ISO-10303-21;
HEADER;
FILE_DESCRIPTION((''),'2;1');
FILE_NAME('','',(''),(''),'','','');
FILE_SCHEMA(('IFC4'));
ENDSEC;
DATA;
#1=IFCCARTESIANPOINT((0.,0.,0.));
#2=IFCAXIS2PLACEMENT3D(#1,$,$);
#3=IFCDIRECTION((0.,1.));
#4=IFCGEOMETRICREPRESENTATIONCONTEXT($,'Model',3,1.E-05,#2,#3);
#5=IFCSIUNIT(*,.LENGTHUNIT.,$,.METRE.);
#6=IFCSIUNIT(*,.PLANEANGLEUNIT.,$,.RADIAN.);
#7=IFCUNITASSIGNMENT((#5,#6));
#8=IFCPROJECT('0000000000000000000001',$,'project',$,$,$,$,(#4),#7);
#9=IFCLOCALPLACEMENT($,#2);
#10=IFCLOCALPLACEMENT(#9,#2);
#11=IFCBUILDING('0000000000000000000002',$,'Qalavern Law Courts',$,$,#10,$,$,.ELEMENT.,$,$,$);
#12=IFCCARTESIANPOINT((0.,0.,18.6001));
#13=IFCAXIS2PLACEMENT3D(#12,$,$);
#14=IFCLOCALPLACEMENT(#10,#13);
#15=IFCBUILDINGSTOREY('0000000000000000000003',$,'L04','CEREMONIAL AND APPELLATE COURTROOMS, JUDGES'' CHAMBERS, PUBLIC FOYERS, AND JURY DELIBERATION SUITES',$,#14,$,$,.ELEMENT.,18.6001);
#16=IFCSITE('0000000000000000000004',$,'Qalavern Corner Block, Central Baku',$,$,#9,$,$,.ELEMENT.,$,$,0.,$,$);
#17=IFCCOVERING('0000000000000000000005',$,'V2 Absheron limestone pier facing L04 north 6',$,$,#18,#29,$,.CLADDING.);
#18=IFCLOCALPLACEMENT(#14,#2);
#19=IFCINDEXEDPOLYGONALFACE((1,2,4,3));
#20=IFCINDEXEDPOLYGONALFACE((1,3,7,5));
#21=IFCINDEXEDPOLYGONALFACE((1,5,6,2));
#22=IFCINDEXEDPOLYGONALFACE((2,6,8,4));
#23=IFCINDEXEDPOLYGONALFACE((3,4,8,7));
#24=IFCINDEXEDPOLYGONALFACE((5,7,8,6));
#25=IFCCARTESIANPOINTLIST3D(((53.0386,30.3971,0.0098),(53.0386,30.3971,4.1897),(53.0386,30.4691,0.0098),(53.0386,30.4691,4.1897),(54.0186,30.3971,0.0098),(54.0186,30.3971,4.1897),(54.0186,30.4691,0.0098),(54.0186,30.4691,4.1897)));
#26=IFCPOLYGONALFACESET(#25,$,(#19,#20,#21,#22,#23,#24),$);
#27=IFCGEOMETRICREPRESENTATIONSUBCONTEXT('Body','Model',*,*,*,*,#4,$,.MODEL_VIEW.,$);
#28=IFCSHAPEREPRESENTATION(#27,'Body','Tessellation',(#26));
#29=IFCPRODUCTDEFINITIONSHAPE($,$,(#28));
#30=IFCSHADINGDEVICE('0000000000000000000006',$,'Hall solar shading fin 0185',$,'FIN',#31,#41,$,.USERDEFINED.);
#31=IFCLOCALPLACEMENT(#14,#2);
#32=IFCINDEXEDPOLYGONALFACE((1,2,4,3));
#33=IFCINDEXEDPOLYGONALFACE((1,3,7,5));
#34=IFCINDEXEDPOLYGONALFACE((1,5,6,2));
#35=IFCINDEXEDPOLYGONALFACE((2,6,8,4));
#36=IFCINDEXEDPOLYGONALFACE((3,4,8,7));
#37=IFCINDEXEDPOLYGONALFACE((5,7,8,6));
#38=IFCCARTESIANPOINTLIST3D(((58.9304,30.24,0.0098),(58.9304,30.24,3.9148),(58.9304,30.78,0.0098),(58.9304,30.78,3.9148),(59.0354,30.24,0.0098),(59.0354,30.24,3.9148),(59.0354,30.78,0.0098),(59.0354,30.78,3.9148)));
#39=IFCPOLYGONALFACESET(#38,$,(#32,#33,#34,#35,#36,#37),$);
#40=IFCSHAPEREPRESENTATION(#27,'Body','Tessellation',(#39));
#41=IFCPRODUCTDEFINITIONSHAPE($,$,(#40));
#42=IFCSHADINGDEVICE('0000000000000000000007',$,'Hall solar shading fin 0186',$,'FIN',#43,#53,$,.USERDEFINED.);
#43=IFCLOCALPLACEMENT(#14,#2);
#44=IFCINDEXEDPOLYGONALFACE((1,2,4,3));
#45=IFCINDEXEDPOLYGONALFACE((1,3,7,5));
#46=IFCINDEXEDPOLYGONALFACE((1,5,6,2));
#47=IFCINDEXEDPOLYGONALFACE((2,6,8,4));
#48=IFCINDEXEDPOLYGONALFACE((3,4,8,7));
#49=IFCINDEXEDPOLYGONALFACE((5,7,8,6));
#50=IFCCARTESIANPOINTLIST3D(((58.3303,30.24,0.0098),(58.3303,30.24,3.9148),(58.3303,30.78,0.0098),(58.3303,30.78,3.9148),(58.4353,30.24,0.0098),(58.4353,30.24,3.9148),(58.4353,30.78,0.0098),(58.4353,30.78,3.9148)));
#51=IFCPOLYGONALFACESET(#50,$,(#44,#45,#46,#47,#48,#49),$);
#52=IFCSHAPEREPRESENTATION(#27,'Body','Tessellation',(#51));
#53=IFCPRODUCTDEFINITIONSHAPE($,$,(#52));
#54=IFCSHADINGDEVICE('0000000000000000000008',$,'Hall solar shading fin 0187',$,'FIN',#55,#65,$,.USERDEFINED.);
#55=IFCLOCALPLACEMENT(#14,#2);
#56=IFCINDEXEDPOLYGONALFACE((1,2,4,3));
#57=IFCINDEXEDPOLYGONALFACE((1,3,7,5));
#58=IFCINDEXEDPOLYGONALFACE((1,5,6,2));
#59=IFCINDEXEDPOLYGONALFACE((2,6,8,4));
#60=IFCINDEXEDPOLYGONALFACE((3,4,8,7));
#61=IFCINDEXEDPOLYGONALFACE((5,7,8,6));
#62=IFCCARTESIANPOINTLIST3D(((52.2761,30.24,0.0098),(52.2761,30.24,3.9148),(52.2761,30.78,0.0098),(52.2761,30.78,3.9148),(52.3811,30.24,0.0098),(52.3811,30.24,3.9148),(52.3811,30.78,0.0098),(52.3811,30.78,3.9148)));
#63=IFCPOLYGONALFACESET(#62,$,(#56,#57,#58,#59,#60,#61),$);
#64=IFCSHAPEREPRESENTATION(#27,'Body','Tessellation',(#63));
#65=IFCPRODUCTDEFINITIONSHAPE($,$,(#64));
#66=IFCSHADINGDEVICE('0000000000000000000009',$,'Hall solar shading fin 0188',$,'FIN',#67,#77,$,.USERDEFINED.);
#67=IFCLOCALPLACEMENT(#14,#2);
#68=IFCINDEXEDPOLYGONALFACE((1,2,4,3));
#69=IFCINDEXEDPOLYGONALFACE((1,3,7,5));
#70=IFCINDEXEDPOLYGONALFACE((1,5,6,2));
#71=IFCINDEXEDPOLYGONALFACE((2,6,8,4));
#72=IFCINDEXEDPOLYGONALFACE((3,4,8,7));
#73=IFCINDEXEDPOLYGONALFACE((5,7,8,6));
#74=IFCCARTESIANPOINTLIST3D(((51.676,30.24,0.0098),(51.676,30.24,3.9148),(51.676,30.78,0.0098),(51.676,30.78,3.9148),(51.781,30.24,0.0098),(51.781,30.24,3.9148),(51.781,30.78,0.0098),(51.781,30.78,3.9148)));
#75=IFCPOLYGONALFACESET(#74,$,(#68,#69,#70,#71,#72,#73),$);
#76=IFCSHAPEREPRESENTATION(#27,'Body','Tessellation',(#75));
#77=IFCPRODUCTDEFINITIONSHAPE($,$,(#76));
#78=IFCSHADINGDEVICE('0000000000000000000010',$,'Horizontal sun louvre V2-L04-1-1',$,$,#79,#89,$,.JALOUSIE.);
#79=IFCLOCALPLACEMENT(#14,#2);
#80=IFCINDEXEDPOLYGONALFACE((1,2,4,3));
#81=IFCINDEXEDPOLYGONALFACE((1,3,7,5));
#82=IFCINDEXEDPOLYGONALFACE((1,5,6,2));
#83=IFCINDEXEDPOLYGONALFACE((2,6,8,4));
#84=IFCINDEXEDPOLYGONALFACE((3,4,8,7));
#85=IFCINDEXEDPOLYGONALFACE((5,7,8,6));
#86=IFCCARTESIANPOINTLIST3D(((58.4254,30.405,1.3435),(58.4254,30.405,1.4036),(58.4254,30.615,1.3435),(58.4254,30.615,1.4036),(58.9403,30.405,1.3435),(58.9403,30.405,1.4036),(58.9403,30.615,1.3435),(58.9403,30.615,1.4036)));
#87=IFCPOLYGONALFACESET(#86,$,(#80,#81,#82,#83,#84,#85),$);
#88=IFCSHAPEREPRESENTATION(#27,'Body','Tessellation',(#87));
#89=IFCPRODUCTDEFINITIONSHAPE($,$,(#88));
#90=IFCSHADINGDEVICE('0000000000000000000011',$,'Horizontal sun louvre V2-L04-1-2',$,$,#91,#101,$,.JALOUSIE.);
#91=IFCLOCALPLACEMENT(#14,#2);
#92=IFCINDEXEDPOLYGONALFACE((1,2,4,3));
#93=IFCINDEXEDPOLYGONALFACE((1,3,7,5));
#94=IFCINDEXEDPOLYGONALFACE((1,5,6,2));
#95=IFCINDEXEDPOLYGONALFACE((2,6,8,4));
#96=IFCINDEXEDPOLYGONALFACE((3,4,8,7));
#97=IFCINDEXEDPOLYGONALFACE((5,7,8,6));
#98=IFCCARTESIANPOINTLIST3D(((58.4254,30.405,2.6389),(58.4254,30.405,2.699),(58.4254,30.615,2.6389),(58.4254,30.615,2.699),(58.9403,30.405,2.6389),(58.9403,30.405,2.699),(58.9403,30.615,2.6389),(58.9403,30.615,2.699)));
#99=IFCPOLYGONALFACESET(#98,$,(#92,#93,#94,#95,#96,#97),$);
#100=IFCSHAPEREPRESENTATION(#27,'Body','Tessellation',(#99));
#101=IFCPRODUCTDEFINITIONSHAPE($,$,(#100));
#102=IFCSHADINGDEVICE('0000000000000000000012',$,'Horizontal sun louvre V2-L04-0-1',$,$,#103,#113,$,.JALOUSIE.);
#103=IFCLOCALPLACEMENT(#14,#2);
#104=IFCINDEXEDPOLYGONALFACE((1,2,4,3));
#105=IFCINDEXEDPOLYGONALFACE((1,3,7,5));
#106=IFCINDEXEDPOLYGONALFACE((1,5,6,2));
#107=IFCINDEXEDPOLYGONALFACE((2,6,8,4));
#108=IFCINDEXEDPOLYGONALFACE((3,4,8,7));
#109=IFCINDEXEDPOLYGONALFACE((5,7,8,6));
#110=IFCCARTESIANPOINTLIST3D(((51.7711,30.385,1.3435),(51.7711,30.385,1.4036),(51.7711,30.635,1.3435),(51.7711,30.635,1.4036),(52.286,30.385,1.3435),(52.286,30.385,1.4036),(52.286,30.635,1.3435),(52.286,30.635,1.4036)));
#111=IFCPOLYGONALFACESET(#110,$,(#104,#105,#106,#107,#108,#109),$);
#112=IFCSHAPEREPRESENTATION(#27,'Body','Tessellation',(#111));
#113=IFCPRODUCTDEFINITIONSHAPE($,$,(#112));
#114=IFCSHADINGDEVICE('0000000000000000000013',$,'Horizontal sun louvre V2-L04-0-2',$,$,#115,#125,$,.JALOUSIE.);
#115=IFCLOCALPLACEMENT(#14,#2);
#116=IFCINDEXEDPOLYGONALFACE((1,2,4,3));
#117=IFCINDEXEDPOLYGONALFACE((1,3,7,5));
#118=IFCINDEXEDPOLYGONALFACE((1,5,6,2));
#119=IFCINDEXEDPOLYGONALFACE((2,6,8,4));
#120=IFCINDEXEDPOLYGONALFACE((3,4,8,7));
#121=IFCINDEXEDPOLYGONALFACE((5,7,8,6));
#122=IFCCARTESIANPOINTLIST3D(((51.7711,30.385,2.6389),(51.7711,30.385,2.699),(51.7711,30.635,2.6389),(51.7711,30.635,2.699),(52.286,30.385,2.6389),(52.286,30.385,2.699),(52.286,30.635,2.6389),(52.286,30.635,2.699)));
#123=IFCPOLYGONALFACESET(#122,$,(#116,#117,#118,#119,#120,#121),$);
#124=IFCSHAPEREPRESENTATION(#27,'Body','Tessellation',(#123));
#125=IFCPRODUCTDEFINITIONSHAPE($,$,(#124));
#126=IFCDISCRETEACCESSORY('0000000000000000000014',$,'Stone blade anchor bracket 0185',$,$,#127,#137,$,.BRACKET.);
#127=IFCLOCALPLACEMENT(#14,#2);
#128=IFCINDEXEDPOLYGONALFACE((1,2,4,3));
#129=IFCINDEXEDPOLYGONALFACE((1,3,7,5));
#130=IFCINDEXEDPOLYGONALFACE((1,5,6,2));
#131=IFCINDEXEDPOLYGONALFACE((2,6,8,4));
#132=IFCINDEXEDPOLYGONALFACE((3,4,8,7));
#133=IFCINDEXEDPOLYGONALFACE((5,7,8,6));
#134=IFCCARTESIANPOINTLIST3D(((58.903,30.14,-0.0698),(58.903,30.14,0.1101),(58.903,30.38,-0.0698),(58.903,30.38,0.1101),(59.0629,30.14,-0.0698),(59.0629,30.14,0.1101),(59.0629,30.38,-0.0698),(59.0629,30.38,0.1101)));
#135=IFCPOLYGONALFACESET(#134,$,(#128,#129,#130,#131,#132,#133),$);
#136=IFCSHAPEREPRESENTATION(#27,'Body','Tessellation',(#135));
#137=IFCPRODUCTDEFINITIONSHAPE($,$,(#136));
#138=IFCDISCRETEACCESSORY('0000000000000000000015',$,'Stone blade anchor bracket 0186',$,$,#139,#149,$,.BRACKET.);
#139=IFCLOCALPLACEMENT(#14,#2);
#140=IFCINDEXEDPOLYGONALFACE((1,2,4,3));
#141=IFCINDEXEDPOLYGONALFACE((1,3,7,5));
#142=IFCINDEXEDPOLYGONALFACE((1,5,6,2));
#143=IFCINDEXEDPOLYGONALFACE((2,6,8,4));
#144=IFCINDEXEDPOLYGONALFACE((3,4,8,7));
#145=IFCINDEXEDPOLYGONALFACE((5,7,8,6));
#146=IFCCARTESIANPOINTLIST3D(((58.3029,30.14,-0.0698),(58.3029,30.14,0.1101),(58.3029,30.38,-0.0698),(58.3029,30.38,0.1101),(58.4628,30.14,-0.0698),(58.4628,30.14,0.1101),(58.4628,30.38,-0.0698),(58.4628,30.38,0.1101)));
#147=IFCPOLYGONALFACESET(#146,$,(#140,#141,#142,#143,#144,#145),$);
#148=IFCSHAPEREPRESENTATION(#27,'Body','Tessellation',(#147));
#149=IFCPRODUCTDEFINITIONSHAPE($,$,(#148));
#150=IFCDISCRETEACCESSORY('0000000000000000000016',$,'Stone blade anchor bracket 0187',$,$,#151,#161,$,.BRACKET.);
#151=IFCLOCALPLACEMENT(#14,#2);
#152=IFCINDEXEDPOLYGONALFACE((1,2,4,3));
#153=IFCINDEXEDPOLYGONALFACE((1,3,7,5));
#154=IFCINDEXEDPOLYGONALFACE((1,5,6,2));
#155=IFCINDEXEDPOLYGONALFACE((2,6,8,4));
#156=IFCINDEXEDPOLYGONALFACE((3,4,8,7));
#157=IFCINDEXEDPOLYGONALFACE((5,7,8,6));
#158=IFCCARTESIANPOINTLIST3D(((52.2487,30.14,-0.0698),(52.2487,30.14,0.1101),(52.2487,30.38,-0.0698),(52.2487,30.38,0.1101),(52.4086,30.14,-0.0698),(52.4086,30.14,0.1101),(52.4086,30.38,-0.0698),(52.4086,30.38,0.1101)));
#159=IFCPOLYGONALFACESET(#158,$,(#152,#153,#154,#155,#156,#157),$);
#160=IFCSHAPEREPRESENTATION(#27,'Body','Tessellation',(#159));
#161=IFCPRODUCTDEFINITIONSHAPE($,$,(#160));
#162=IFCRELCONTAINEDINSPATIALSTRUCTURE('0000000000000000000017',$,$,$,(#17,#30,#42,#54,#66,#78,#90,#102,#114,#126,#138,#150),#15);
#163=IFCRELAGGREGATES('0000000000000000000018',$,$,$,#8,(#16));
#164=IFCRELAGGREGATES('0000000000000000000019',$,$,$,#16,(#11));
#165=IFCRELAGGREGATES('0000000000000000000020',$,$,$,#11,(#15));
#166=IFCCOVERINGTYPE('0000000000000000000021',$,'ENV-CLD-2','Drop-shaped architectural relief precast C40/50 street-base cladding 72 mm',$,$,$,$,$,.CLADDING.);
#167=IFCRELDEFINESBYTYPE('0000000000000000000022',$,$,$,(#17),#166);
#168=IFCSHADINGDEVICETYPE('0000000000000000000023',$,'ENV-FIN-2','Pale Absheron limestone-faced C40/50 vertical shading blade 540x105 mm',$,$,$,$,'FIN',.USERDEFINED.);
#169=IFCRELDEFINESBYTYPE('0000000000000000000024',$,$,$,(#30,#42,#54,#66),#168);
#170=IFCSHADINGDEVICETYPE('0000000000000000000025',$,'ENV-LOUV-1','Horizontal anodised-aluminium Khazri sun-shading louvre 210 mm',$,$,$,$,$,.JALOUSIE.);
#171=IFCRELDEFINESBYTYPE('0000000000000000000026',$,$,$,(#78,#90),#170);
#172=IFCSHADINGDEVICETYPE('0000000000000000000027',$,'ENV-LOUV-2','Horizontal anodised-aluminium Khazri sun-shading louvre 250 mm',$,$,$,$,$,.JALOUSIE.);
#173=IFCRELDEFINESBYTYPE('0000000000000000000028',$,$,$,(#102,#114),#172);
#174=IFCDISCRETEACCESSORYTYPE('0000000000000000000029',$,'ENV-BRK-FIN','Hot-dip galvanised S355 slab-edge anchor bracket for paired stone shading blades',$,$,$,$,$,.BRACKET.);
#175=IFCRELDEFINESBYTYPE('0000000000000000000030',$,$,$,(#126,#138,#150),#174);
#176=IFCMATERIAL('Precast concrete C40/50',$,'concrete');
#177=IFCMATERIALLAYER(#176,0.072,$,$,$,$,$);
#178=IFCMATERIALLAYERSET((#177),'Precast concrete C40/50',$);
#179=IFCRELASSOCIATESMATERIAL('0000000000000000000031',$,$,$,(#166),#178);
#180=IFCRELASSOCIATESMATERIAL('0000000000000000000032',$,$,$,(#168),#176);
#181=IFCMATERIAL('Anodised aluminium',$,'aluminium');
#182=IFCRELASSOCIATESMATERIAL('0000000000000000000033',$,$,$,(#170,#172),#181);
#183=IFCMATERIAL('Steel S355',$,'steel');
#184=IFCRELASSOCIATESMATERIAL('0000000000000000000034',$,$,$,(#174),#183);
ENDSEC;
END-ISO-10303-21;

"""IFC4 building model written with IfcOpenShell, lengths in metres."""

from ifc_helpers import new_model, si_unit, direction, frame, origin, origin_2d, place, context, subcontext, project, spatial, rectangle, extrude, material, layer, layer_set, type_object, element, save


model = new_model("IFC4")

# Units and contexts
model_context = context("Model", 3, precision=1e-05, world=origin(), true_north=direction((0.0, 1.0)))
body_context = subcontext(model_context, "Body", "Model", "MODEL_VIEW")
ifc_project = project(units=[si_unit("LENGTHUNIT", "METRE"), si_unit("PLANEANGLEUNIT", "RADIAN")], contexts=[model_context])

# Site, building, storey
site_placement = place(None, origin())
site = spatial("IfcSite", under=ifc_project, at=site_placement, Name="Qalavern Corner Block, Central Baku", CompositionType="ELEMENT", RefElevation=0.0)
building_placement = place(site_placement, origin())
building = spatial("IfcBuilding", under=site, at=building_placement, Name="Qalavern Law Courts", CompositionType="ELEMENT")
storey_placement = place(building_placement, frame((0.0, 0.0, 18.6001)))
storey = spatial("IfcBuildingStorey", under=building, at=storey_placement, Name="L04", Description="CEREMONIAL AND APPELLATE COURTROOMS, JUDGES' CHAMBERS, PUBLIC FOYERS, AND JURY DELIBERATION SUITES", CompositionType="ELEMENT", Elevation=18.6001)

# Shared definitions
ifc_material_1 = material(Name="Anodised aluminium", Category="aluminium")

# Covering
ifc_material_2 = material(Name="Precast concrete C40/50", Category="concrete")
ifc_layer_1 = layer(ifc_material_2, 0.072)
ifc_layer_set_1 = layer_set([ifc_layer_1], Name="Precast concrete C40/50")
covering_type = type_object("IfcCoveringType", Name="ENV-CLD-2", Description="Drop-shaped architectural relief precast C40/50 street-base cladding 72 mm", PredefinedType="CLADDING", material=ifc_layer_set_1)
covering_placement = place(storey_placement, frame((53.5286, 30.4331, 0.0098), z_axis=(0.0, 0.0, 1.0), x_axis=(-1.0, 0.0, 0.0)))
element("IfcCovering", 1, at=covering_placement, inside=storey, type_object=covering_type, Name="V2 Absheron limestone pier facing L04 north 6", PredefinedType="CLADDING", context=body_context, shape_type="SweptSolid", body=[
    extrude(rectangle(XDim=0.98, YDim=0.072, at=origin_2d()), origin(), (0.0, 0.0, 1.0), 4.1799),
])

# Shading devices
shading_device_type_1 = type_object("IfcShadingDeviceType", Name="ENV-FIN-2", Description="Pale Absheron limestone-faced C40/50 vertical shading blade 540x105 mm", ElementType="FIN", PredefinedType="USERDEFINED", material=ifc_material_2)
for number, where, z_axis, x_axis, name in (
    (2, (58.9829, 30.51, 0.0098), (0.0, 0.0, 1.0), (0.0, 1.0, 0.0), "Hall solar shading fin 0185"),
    (3, (58.3828, 30.51, 0.0098), (0.0, 0.0, 1.0), (0.0, 1.0, 0.0), "Hall solar shading fin 0186"),
    (4, (52.3286, 30.51, 0.0098), (0.0, 0.0, 1.0), (0.0, 1.0, 0.0), "Hall solar shading fin 0187"),
    (5, (51.7285, 30.51, 0.0098), (0.0, 0.0, 1.0), (0.0, 1.0, 0.0), "Hall solar shading fin 0188"),
):
    element("IfcShadingDevice", number, at=place(storey_placement, frame(where, z_axis=z_axis, x_axis=x_axis)), inside=storey, type_object=shading_device_type_1, Name=name, ObjectType="FIN", PredefinedType="USERDEFINED", context=body_context, shape_type="SweptSolid", body=[
        extrude(rectangle(XDim=0.54, YDim=0.105, at=origin_2d()), origin(), (0.0, 0.0, 1.0), 3.905),
    ])
shading_device_type_2 = type_object("IfcShadingDeviceType", Name="ENV-LOUV-1", Description="Horizontal anodised-aluminium Khazri sun-shading louvre 210 mm", PredefinedType="JALOUSIE", material=ifc_material_1)
for number, where, z_axis, x_axis, name in (
    (6, (58.6829, 30.51, 1.3435), (0.0, 0.0, 1.0), (-1.0, 0.0, 0.0), "Horizontal sun louvre V2-L04-1-1"),
    (7, (58.6829, 30.51, 2.6389), (0.0, 0.0, 1.0), (-1.0, 0.0, 0.0), "Horizontal sun louvre V2-L04-1-2"),
):
    element("IfcShadingDevice", number, at=place(storey_placement, frame(where, z_axis=z_axis, x_axis=x_axis)), inside=storey, type_object=shading_device_type_2, Name=name, PredefinedType="JALOUSIE", context=body_context, shape_type="SweptSolid", body=[
        extrude(rectangle(XDim=0.5149, YDim=0.21, at=origin_2d()), origin(), (0.0, 0.0, 1.0), 0.0601),
    ])
shading_device_type_3 = type_object("IfcShadingDeviceType", Name="ENV-LOUV-2", Description="Horizontal anodised-aluminium Khazri sun-shading louvre 250 mm", PredefinedType="JALOUSIE", material=ifc_material_1)
for number, where, z_axis, x_axis, name in (
    (8, (52.0286, 30.51, 1.3435), (0.0, 0.0, 1.0), (-1.0, 0.0, 0.0), "Horizontal sun louvre V2-L04-0-1"),
    (9, (52.0286, 30.51, 2.6389), (0.0, 0.0, 1.0), (-1.0, 0.0, 0.0), "Horizontal sun louvre V2-L04-0-2"),
):
    element("IfcShadingDevice", number, at=place(storey_placement, frame(where, z_axis=z_axis, x_axis=x_axis)), inside=storey, type_object=shading_device_type_3, Name=name, PredefinedType="JALOUSIE", context=body_context, shape_type="SweptSolid", body=[
        extrude(rectangle(XDim=0.5149, YDim=0.25, at=origin_2d()), origin(), (0.0, 0.0, 1.0), 0.0601),
    ])

# Discrete accessories
ifc_material_3 = material(Name="Steel S355", Category="steel")
discrete_accessory_type = type_object("IfcDiscreteAccessoryType", Name="ENV-BRK-FIN", Description="Hot-dip galvanised S355 slab-edge anchor bracket for paired stone shading blades", PredefinedType="BRACKET", material=ifc_material_3)
for number, where, z_axis, x_axis, name in (
    (10, (58.9829, 30.26, -0.0698), (0.0, 0.0, 1.0), (0.0, 1.0, 0.0), "Stone blade anchor bracket 0185"),
    (11, (58.3828, 30.26, -0.0698), (0.0, 0.0, 1.0), (0.0, 1.0, 0.0), "Stone blade anchor bracket 0186"),
    (12, (52.3286, 30.26, -0.0698), (0.0, 0.0, 1.0), (0.0, 1.0, 0.0), "Stone blade anchor bracket 0187"),
):
    element("IfcDiscreteAccessory", number, at=place(storey_placement, frame(where, z_axis=z_axis, x_axis=x_axis)), inside=storey, type_object=discrete_accessory_type, Name=name, PredefinedType="BRACKET", context=body_context, shape_type="SweptSolid", body=[
        extrude(rectangle(XDim=0.24, YDim=0.1599, at=origin_2d()), origin(), (0.0, 0.0, 1.0), 0.1799),
    ])

save(model, "model.ifc")
